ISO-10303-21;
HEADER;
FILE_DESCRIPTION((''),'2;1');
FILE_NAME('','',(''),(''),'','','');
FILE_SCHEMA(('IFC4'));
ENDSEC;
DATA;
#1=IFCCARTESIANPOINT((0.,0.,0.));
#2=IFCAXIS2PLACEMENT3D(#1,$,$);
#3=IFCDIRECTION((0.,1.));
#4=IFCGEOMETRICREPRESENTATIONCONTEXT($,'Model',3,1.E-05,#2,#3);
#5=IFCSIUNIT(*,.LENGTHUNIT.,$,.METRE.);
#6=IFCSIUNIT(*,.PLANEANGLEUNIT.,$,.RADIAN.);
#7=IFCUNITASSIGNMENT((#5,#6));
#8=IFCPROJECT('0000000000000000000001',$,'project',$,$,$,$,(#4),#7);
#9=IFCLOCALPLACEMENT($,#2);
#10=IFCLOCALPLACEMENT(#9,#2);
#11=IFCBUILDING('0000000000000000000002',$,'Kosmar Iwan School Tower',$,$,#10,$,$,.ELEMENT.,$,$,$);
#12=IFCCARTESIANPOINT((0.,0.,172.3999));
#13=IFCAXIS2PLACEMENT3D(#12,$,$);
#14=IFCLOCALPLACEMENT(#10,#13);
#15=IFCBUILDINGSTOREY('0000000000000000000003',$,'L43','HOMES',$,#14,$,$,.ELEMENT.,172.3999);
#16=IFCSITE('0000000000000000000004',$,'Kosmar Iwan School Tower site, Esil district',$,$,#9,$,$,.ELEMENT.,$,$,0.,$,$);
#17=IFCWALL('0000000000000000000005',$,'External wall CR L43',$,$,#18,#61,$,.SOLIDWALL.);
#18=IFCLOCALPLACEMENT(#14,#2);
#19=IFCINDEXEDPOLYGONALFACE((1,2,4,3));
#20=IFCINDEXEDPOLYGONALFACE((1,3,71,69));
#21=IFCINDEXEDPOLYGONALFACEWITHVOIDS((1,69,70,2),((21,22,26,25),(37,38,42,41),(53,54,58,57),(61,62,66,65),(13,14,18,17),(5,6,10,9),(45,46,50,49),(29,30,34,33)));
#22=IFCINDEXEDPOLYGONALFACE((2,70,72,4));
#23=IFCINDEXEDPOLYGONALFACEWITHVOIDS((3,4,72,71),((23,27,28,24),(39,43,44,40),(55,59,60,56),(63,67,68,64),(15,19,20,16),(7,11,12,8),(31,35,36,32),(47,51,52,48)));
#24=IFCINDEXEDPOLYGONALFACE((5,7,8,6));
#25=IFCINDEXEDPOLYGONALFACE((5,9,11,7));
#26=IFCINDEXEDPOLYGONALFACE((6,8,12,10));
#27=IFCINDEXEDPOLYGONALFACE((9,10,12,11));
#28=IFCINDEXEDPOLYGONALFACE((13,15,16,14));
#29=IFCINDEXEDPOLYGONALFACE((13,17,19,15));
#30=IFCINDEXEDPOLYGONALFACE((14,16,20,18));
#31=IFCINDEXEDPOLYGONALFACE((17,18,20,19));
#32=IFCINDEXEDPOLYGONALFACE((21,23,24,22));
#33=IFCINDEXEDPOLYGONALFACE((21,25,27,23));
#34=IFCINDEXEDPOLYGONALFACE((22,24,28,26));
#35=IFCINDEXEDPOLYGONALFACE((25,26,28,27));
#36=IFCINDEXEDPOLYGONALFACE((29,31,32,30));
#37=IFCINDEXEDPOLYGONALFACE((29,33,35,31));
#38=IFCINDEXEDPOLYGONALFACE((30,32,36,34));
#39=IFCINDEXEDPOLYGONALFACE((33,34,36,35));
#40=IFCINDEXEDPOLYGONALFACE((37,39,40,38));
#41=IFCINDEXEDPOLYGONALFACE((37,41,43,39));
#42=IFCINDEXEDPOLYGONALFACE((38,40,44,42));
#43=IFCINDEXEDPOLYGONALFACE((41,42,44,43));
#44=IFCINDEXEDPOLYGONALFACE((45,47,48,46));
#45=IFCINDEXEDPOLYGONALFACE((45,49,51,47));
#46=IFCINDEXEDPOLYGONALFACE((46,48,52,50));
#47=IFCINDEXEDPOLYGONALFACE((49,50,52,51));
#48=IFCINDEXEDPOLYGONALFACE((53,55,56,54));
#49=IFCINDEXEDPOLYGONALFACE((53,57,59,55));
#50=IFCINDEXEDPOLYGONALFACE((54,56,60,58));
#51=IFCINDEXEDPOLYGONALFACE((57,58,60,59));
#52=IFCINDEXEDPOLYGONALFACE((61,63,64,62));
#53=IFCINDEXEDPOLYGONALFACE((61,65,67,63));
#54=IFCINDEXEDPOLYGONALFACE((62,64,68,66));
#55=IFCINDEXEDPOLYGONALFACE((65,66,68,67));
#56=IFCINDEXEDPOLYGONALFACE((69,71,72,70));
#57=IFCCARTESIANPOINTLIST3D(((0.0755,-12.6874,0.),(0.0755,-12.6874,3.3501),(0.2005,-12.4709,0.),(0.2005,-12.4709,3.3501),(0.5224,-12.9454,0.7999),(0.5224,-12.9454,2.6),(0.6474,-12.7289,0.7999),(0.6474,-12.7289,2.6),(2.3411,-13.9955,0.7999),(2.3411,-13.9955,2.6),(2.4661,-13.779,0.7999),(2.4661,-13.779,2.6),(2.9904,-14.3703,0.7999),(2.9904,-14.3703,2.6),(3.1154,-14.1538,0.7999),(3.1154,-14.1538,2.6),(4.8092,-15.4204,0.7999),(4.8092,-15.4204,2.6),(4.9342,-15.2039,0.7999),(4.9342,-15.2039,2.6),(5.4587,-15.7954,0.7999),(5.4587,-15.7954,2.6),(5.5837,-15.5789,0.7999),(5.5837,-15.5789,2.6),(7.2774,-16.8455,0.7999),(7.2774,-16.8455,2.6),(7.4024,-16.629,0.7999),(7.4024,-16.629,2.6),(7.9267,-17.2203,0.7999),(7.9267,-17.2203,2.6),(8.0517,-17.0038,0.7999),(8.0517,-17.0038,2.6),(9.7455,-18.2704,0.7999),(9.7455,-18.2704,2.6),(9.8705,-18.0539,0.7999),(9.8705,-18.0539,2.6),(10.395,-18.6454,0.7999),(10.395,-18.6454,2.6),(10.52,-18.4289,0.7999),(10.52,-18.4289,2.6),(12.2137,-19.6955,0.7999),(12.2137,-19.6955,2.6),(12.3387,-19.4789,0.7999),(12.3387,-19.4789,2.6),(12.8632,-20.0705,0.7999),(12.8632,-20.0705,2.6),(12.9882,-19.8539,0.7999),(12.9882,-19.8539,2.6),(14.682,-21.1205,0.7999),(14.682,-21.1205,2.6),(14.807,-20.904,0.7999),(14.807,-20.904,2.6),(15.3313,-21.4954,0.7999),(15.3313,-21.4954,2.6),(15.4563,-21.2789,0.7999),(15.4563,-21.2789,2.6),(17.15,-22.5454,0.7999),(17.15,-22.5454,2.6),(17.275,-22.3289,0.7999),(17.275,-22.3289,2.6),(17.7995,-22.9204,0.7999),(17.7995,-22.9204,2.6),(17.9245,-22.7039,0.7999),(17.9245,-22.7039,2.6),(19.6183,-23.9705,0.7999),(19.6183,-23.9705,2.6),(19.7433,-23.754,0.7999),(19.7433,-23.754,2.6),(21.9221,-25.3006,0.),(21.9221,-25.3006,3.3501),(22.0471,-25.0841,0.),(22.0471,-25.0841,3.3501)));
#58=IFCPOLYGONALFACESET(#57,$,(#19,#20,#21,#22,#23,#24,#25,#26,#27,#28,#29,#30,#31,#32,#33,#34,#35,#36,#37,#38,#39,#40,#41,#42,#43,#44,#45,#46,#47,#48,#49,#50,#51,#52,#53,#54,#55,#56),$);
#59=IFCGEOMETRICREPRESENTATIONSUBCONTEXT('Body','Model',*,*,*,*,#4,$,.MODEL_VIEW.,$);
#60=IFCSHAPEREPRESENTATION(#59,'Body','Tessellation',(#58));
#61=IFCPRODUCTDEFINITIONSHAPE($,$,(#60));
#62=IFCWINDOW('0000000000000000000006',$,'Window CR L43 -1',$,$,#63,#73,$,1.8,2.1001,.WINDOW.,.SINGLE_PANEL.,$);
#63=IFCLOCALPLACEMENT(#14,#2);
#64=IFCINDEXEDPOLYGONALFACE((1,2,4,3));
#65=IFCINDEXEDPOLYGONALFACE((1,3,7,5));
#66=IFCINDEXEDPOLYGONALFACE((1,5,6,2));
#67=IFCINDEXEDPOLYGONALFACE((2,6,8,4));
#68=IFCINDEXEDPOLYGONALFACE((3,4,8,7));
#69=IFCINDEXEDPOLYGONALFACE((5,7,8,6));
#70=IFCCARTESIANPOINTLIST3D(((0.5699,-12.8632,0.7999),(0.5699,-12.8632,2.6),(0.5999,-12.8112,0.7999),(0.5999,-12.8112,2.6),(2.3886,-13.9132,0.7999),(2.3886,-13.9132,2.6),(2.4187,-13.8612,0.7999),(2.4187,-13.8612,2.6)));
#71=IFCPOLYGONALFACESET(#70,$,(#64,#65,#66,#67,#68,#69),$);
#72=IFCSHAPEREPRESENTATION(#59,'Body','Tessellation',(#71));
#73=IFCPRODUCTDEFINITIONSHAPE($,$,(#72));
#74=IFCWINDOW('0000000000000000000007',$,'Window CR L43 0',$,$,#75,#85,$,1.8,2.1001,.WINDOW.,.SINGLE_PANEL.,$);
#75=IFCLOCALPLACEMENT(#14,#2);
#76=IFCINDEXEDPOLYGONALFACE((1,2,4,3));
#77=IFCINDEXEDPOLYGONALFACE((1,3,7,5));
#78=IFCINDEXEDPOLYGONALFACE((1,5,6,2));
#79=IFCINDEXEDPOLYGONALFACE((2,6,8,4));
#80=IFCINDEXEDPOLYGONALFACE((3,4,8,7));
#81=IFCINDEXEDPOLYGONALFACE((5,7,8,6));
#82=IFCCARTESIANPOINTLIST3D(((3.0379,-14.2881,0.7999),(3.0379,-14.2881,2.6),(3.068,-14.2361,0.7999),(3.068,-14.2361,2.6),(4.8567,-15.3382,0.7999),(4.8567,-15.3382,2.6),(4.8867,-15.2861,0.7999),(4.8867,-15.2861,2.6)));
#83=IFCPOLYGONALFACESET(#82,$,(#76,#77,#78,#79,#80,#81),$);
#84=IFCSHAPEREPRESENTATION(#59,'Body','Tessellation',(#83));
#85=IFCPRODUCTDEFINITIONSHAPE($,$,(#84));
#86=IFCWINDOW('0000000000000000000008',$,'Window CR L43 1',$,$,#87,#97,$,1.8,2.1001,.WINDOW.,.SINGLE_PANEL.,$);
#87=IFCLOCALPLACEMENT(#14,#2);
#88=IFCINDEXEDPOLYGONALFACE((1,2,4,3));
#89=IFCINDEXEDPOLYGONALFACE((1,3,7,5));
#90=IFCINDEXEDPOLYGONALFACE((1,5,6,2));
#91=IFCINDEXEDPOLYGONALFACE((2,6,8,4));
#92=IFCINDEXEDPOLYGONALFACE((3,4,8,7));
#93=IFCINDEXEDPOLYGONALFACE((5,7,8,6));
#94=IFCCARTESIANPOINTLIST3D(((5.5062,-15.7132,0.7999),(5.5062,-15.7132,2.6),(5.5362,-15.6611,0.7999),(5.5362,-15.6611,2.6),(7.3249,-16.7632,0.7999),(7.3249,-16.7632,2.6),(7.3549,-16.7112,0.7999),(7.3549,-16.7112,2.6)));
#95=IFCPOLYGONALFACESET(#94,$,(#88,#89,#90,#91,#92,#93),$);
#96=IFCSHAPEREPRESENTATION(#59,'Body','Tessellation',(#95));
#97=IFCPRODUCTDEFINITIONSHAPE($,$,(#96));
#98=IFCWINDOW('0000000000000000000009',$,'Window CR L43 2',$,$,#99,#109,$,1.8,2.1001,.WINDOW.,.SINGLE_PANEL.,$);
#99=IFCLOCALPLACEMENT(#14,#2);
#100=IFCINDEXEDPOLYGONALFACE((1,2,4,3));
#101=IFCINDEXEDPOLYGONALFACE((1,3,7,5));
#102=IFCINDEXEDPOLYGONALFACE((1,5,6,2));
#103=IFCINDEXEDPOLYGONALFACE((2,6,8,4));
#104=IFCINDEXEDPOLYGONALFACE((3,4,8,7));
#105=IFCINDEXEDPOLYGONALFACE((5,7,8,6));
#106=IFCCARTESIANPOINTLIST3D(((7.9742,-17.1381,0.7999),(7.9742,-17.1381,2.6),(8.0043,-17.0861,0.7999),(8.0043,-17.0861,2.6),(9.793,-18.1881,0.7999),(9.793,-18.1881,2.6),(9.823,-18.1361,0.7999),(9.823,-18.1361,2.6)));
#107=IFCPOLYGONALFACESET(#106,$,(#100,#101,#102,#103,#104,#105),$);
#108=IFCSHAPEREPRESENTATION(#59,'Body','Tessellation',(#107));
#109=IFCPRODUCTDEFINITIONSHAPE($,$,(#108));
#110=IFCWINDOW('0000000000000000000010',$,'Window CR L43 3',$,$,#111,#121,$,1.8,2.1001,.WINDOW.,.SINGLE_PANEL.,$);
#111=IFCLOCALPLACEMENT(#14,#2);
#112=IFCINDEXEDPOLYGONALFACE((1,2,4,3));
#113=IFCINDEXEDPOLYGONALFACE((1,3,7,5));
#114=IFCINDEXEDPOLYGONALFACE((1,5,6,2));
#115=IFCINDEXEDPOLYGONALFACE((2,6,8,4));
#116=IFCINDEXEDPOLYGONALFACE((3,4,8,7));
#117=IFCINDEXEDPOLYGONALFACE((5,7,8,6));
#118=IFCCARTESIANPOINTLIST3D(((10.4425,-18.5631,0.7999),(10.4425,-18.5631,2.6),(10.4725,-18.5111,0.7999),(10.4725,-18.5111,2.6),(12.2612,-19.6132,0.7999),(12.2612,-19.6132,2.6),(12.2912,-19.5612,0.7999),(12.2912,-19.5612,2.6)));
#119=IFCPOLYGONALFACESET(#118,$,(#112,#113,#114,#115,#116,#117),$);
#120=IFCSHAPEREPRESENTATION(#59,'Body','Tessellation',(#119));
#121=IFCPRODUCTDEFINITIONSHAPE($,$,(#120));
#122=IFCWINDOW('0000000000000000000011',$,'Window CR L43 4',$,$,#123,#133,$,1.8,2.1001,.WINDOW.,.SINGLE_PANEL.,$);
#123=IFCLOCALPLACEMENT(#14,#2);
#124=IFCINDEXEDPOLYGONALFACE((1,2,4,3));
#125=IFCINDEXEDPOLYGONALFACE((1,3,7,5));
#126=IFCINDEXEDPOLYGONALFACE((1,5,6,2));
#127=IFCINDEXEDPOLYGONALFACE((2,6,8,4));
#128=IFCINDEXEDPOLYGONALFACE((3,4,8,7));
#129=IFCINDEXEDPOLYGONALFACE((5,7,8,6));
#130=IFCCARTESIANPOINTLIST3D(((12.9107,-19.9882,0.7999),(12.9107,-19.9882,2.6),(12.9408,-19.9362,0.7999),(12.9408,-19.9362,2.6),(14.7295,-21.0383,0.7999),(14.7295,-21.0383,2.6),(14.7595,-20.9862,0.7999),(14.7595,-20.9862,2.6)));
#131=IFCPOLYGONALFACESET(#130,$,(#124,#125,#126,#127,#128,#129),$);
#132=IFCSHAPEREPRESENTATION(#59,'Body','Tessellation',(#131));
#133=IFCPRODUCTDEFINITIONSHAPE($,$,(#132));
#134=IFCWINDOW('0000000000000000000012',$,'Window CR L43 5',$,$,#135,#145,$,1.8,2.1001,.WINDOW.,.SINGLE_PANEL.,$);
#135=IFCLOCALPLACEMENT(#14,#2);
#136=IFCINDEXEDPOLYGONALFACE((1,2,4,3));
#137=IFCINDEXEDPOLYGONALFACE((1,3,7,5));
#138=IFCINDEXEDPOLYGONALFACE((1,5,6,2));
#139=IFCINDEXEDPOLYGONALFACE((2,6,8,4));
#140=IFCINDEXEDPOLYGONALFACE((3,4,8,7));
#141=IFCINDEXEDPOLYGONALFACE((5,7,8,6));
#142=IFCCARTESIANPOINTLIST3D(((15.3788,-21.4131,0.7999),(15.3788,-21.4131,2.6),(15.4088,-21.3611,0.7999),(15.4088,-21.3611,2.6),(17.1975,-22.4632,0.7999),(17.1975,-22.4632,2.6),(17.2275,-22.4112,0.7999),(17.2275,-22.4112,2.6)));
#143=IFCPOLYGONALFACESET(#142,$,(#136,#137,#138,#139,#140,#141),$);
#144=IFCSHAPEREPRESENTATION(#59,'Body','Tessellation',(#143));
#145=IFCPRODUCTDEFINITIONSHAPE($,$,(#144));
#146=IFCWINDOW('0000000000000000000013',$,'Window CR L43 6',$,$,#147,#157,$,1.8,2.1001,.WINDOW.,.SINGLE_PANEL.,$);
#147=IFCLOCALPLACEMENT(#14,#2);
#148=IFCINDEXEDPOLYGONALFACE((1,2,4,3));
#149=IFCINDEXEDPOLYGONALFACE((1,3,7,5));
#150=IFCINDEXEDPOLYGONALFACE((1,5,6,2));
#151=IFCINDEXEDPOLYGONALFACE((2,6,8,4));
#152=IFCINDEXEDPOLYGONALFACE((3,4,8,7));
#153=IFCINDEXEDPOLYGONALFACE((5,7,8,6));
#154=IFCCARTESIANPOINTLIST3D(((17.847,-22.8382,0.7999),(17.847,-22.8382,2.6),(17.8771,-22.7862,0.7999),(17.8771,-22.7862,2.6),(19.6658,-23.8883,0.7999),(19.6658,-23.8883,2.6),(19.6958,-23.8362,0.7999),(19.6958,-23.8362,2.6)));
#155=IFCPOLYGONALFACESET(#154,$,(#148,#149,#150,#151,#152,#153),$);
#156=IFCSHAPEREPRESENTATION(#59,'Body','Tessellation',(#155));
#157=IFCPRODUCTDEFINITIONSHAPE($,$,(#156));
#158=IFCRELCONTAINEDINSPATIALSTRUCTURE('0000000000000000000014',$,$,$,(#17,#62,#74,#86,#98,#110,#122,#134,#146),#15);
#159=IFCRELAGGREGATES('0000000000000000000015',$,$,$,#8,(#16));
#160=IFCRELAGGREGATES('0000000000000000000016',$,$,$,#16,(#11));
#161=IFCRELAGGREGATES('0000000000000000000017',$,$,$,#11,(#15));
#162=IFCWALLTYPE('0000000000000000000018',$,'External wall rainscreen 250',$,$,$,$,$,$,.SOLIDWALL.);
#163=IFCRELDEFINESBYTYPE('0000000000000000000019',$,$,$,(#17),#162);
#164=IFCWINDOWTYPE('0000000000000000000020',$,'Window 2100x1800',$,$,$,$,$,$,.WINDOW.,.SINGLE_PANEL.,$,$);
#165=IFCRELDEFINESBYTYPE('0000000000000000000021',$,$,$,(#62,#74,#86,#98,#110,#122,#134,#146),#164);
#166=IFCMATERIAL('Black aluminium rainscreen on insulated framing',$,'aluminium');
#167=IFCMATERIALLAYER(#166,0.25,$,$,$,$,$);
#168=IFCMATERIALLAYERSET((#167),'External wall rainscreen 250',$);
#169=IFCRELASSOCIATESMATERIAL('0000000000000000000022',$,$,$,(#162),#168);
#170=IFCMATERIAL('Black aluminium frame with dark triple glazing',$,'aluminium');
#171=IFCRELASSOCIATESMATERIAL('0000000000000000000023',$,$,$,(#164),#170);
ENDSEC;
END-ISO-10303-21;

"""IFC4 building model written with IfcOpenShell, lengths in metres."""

from ifc_helpers import new_model, si_unit, direction, frame, frame_2d, origin, place, context, subcontext, project, spatial, rectangle, extrude, material, layer, layer_set, type_object, element, fill, save


model = new_model("IFC4")

# Units and contexts
model_context = context("Model", 3, precision=1e-05, world=origin(), true_north=direction((0.0, 1.0)))
body_context = subcontext(model_context, "Body", "Model", "MODEL_VIEW")
ifc_project = project(units=[si_unit("LENGTHUNIT", "METRE"), si_unit("PLANEANGLEUNIT", "RADIAN")], contexts=[model_context])

# Site, building, storey
site_placement = place(None, origin())
site = spatial("IfcSite", under=ifc_project, at=site_placement, Name="Kosmar Iwan School Tower site, Esil district", CompositionType="ELEMENT", RefElevation=0.0)
building_placement = place(site_placement, origin())
building = spatial("IfcBuilding", under=site, at=building_placement, Name="Kosmar Iwan School Tower", CompositionType="ELEMENT")
storey_placement = place(building_placement, frame((0.0, 0.0, 172.3999)))
storey = spatial("IfcBuildingStorey", under=building, at=storey_placement, Name="L43", Description="HOMES", CompositionType="ELEMENT", Elevation=172.3999)

# Wall, openings, windows
ifc_material_1 = material(Name="Black aluminium rainscreen on insulated framing", Category="aluminium")
ifc_layer = layer(ifc_material_1, 0.25)
ifc_layer_set = layer_set([ifc_layer], Name="External wall rainscreen 250")
wall_type = type_object("IfcWallType", Name="External wall rainscreen 250", PredefinedType="SOLIDWALL", material=ifc_layer_set)
ifc_material_2 = material(Name="Black aluminium frame with dark triple glazing", Category="aluminium")
window_type = type_object("IfcWindowType", Name="Window 2100x1800", PartitioningType="SINGLE_PANEL", PredefinedType="WINDOW", material=ifc_material_2)
wall_1_placement = place(storey_placement, frame((0.1379, -12.5791, 0.0), z_axis=(0.0, 0.0, 1.0), x_axis=(0.866024, -0.500003, 0.0)))
wall_1 = element("IfcWall", 1, at=wall_1_placement, inside=storey, type_object=wall_type, Name="External wall CR L43", PredefinedType="SOLIDWALL", context=body_context, shape_type="SweptSolid", body=[
    extrude(rectangle(XDim=25.2263, YDim=0.25, at=frame_2d((12.6133, 0.0))), origin(), (0.0, 0.0, 1.0), 3.3501),
])
opening_1_placement = place(wall_1_placement, frame((0.5161, 0.0, 0.8)))
opening_1 = element("IfcOpeningElement", 2, at=opening_1_placement, cuts=wall_1, PredefinedType="OPENING", context=body_context, shape_type="SweptSolid", body=[
    extrude(rectangle(XDim=2.1001, YDim=1.8, at=frame_2d((1.05, 0.8999))), frame((0.0, 0.137, 0.0), z_axis=(0.0, -1.0, 0.0), x_axis=(1.0, 0.0, 0.0)), (0.0, 0.0, 1.0), 0.2739),
])
opening_2_placement = place(wall_1_placement, frame((3.366, 0.0, 0.8)))
opening_2 = element("IfcOpeningElement", 3, at=opening_2_placement, cuts=wall_1, PredefinedType="OPENING", context=body_context, shape_type="SweptSolid", body=[
    extrude(rectangle(XDim=2.1001, YDim=1.8, at=frame_2d((1.05, 0.8999))), frame((0.0, 0.137, 0.0), z_axis=(0.0, -1.0, 0.0), x_axis=(1.0, 0.0, 0.0)), (0.0, 0.0, 1.0), 0.2739),
])
opening_3_placement = place(wall_1_placement, frame((6.2161, 0.0, 0.8)))
opening_3 = element("IfcOpeningElement", 4, at=opening_3_placement, cuts=wall_1, PredefinedType="OPENING", context=body_context, shape_type="SweptSolid", body=[
    extrude(rectangle(XDim=2.1001, YDim=1.8, at=frame_2d((1.05, 0.8999))), frame((0.0, 0.137, 0.0), z_axis=(0.0, -1.0, 0.0), x_axis=(1.0, 0.0, 0.0)), (0.0, 0.0, 1.0), 0.2739),
])
opening_4_placement = place(wall_1_placement, frame((9.0659, 0.0, 0.8)))
opening_4 = element("IfcOpeningElement", 5, at=opening_4_placement, cuts=wall_1, PredefinedType="OPENING", context=body_context, shape_type="SweptSolid", body=[
    extrude(rectangle(XDim=2.1001, YDim=1.8, at=frame_2d((1.05, 0.8999))), frame((0.0, 0.137, 0.0), z_axis=(0.0, -1.0, 0.0), x_axis=(1.0, 0.0, 0.0)), (0.0, 0.0, 1.0), 0.2739),
])
opening_5_placement = place(wall_1_placement, frame((11.916, 0.0, 0.8)))
opening_5 = element("IfcOpeningElement", 6, at=opening_5_placement, cuts=wall_1, PredefinedType="OPENING", context=body_context, shape_type="SweptSolid", body=[
    extrude(rectangle(XDim=2.1001, YDim=1.8, at=frame_2d((1.05, 0.8999))), frame((0.0, 0.137, 0.0), z_axis=(0.0, -1.0, 0.0), x_axis=(1.0, 0.0, 0.0)), (0.0, 0.0, 1.0), 0.2739),
])
opening_6_placement = place(wall_1_placement, frame((14.7661, 0.0, 0.8)))
opening_6 = element("IfcOpeningElement", 7, at=opening_6_placement, cuts=wall_1, PredefinedType="OPENING", context=body_context, shape_type="SweptSolid", body=[
    extrude(rectangle(XDim=2.1001, YDim=1.8, at=frame_2d((1.05, 0.8999))), frame((0.0, 0.137, 0.0), z_axis=(0.0, -1.0, 0.0), x_axis=(1.0, 0.0, 0.0)), (0.0, 0.0, 1.0), 0.2739),
])
opening_7_placement = place(wall_1_placement, frame((17.616, 0.0, 0.8)))
opening_7 = element("IfcOpeningElement", 8, at=opening_7_placement, cuts=wall_1, PredefinedType="OPENING", context=body_context, shape_type="SweptSolid", body=[
    extrude(rectangle(XDim=2.1001, YDim=1.8, at=frame_2d((1.05, 0.8999))), frame((0.0, 0.137, 0.0), z_axis=(0.0, -1.0, 0.0), x_axis=(1.0, 0.0, 0.0)), (0.0, 0.0, 1.0), 0.2739),
])
opening_8_placement = place(wall_1_placement, frame((20.4661, 0.0, 0.8)))
opening_8 = element("IfcOpeningElement", 9, at=opening_8_placement, cuts=wall_1, PredefinedType="OPENING", context=body_context, shape_type="SweptSolid", body=[
    extrude(rectangle(XDim=2.1001, YDim=1.8, at=frame_2d((1.05, 0.8999))), frame((0.0, 0.137, 0.0), z_axis=(0.0, -1.0, 0.0), x_axis=(1.0, 0.0, 0.0)), (0.0, 0.0, 1.0), 0.2739),
])
window_1_placement = place(opening_1_placement, origin())
window_1 = element("IfcWindow", 10, at=window_1_placement, inside=storey, type_object=window_type, Name="Window CR L43 -1", OverallHeight=1.8, OverallWidth=2.1001, PartitioningType="SINGLE_PANEL", PredefinedType="WINDOW", context=body_context, shape_type="SweptSolid", body=[
    extrude(rectangle(XDim=2.1001, YDim=1.8, at=frame_2d((1.05, 0.8999))), frame((0.0, 0.03, 0.0), z_axis=(0.0, -1.0, 0.0), x_axis=(1.0, 0.0, 0.0)), (0.0, 0.0, 1.0), 0.0601),
])
fill(opening_1, window_1)
window_2_placement = place(opening_2_placement, origin())
window_2 = element("IfcWindow", 11, at=window_2_placement, inside=storey, type_object=window_type, Name="Window CR L43 0", OverallHeight=1.8, OverallWidth=2.1001, PartitioningType="SINGLE_PANEL", PredefinedType="WINDOW", context=body_context, shape_type="SweptSolid", body=[
    extrude(rectangle(XDim=2.1001, YDim=1.8, at=frame_2d((1.05, 0.8999))), frame((0.0, 0.03, 0.0), z_axis=(0.0, -1.0, 0.0), x_axis=(1.0, 0.0, 0.0)), (0.0, 0.0, 1.0), 0.0601),
])
fill(opening_2, window_2)
window_3_placement = place(opening_3_placement, origin())
window_3 = element("IfcWindow", 12, at=window_3_placement, inside=storey, type_object=window_type, Name="Window CR L43 1", OverallHeight=1.8, OverallWidth=2.1001, PartitioningType="SINGLE_PANEL", PredefinedType="WINDOW", context=body_context, shape_type="SweptSolid", body=[
    extrude(rectangle(XDim=2.1001, YDim=1.8, at=frame_2d((1.05, 0.8999))), frame((0.0, 0.03, 0.0), z_axis=(0.0, -1.0, 0.0), x_axis=(1.0, 0.0, 0.0)), (0.0, 0.0, 1.0), 0.0601),
])
fill(opening_3, window_3)
window_4_placement = place(opening_4_placement, origin())
window_4 = element("IfcWindow", 13, at=window_4_placement, inside=storey, type_object=window_type, Name="Window CR L43 2", OverallHeight=1.8, OverallWidth=2.1001, PartitioningType="SINGLE_PANEL", PredefinedType="WINDOW", context=body_context, shape_type="SweptSolid", body=[
    extrude(rectangle(XDim=2.1001, YDim=1.8, at=frame_2d((1.05, 0.8999))), frame((0.0, 0.03, 0.0), z_axis=(0.0, -1.0, 0.0), x_axis=(1.0, 0.0, 0.0)), (0.0, 0.0, 1.0), 0.0601),
])
fill(opening_4, window_4)
window_5_placement = place(opening_5_placement, origin())
window_5 = element("IfcWindow", 14, at=window_5_placement, inside=storey, type_object=window_type, Name="Window CR L43 3", OverallHeight=1.8, OverallWidth=2.1001, PartitioningType="SINGLE_PANEL", PredefinedType="WINDOW", context=body_context, shape_type="SweptSolid", body=[
    extrude(rectangle(XDim=2.1001, YDim=1.8, at=frame_2d((1.05, 0.8999))), frame((0.0, 0.03, 0.0), z_axis=(0.0, -1.0, 0.0), x_axis=(1.0, 0.0, 0.0)), (0.0, 0.0, 1.0), 0.0601),
])
fill(opening_5, window_5)
window_6_placement = place(opening_6_placement, origin())
window_6 = element("IfcWindow", 15, at=window_6_placement, inside=storey, type_object=window_type, Name="Window CR L43 4", OverallHeight=1.8, OverallWidth=2.1001, PartitioningType="SINGLE_PANEL", PredefinedType="WINDOW", context=body_context, shape_type="SweptSolid", body=[
    extrude(rectangle(XDim=2.1001, YDim=1.8, at=frame_2d((1.05, 0.8999))), frame((0.0, 0.03, 0.0), z_axis=(0.0, -1.0, 0.0), x_axis=(1.0, 0.0, 0.0)), (0.0, 0.0, 1.0), 0.0601),
])
fill(opening_6, window_6)
window_7_placement = place(opening_7_placement, origin())
window_7 = element("IfcWindow", 16, at=window_7_placement, inside=storey, type_object=window_type, Name="Window CR L43 5", OverallHeight=1.8, OverallWidth=2.1001, PartitioningType="SINGLE_PANEL", PredefinedType="WINDOW", context=body_context, shape_type="SweptSolid", body=[
    extrude(rectangle(XDim=2.1001, YDim=1.8, at=frame_2d((1.05, 0.8999))), frame((0.0, 0.03, 0.0), z_axis=(0.0, -1.0, 0.0), x_axis=(1.0, 0.0, 0.0)), (0.0, 0.0, 1.0), 0.0601),
])
fill(opening_7, window_7)
window_8_placement = place(opening_8_placement, origin())
window_8 = element("IfcWindow", 17, at=window_8_placement, inside=storey, type_object=window_type, Name="Window CR L43 6", OverallHeight=1.8, OverallWidth=2.1001, PartitioningType="SINGLE_PANEL", PredefinedType="WINDOW", context=body_context, shape_type="SweptSolid", body=[
    extrude(rectangle(XDim=2.1001, YDim=1.8, at=frame_2d((1.05, 0.8999))), frame((0.0, 0.03, 0.0), z_axis=(0.0, -1.0, 0.0), x_axis=(1.0, 0.0, 0.0)), (0.0, 0.0, 1.0), 0.0601),
])
fill(opening_8, window_8)

save(model, "model.ifc")
